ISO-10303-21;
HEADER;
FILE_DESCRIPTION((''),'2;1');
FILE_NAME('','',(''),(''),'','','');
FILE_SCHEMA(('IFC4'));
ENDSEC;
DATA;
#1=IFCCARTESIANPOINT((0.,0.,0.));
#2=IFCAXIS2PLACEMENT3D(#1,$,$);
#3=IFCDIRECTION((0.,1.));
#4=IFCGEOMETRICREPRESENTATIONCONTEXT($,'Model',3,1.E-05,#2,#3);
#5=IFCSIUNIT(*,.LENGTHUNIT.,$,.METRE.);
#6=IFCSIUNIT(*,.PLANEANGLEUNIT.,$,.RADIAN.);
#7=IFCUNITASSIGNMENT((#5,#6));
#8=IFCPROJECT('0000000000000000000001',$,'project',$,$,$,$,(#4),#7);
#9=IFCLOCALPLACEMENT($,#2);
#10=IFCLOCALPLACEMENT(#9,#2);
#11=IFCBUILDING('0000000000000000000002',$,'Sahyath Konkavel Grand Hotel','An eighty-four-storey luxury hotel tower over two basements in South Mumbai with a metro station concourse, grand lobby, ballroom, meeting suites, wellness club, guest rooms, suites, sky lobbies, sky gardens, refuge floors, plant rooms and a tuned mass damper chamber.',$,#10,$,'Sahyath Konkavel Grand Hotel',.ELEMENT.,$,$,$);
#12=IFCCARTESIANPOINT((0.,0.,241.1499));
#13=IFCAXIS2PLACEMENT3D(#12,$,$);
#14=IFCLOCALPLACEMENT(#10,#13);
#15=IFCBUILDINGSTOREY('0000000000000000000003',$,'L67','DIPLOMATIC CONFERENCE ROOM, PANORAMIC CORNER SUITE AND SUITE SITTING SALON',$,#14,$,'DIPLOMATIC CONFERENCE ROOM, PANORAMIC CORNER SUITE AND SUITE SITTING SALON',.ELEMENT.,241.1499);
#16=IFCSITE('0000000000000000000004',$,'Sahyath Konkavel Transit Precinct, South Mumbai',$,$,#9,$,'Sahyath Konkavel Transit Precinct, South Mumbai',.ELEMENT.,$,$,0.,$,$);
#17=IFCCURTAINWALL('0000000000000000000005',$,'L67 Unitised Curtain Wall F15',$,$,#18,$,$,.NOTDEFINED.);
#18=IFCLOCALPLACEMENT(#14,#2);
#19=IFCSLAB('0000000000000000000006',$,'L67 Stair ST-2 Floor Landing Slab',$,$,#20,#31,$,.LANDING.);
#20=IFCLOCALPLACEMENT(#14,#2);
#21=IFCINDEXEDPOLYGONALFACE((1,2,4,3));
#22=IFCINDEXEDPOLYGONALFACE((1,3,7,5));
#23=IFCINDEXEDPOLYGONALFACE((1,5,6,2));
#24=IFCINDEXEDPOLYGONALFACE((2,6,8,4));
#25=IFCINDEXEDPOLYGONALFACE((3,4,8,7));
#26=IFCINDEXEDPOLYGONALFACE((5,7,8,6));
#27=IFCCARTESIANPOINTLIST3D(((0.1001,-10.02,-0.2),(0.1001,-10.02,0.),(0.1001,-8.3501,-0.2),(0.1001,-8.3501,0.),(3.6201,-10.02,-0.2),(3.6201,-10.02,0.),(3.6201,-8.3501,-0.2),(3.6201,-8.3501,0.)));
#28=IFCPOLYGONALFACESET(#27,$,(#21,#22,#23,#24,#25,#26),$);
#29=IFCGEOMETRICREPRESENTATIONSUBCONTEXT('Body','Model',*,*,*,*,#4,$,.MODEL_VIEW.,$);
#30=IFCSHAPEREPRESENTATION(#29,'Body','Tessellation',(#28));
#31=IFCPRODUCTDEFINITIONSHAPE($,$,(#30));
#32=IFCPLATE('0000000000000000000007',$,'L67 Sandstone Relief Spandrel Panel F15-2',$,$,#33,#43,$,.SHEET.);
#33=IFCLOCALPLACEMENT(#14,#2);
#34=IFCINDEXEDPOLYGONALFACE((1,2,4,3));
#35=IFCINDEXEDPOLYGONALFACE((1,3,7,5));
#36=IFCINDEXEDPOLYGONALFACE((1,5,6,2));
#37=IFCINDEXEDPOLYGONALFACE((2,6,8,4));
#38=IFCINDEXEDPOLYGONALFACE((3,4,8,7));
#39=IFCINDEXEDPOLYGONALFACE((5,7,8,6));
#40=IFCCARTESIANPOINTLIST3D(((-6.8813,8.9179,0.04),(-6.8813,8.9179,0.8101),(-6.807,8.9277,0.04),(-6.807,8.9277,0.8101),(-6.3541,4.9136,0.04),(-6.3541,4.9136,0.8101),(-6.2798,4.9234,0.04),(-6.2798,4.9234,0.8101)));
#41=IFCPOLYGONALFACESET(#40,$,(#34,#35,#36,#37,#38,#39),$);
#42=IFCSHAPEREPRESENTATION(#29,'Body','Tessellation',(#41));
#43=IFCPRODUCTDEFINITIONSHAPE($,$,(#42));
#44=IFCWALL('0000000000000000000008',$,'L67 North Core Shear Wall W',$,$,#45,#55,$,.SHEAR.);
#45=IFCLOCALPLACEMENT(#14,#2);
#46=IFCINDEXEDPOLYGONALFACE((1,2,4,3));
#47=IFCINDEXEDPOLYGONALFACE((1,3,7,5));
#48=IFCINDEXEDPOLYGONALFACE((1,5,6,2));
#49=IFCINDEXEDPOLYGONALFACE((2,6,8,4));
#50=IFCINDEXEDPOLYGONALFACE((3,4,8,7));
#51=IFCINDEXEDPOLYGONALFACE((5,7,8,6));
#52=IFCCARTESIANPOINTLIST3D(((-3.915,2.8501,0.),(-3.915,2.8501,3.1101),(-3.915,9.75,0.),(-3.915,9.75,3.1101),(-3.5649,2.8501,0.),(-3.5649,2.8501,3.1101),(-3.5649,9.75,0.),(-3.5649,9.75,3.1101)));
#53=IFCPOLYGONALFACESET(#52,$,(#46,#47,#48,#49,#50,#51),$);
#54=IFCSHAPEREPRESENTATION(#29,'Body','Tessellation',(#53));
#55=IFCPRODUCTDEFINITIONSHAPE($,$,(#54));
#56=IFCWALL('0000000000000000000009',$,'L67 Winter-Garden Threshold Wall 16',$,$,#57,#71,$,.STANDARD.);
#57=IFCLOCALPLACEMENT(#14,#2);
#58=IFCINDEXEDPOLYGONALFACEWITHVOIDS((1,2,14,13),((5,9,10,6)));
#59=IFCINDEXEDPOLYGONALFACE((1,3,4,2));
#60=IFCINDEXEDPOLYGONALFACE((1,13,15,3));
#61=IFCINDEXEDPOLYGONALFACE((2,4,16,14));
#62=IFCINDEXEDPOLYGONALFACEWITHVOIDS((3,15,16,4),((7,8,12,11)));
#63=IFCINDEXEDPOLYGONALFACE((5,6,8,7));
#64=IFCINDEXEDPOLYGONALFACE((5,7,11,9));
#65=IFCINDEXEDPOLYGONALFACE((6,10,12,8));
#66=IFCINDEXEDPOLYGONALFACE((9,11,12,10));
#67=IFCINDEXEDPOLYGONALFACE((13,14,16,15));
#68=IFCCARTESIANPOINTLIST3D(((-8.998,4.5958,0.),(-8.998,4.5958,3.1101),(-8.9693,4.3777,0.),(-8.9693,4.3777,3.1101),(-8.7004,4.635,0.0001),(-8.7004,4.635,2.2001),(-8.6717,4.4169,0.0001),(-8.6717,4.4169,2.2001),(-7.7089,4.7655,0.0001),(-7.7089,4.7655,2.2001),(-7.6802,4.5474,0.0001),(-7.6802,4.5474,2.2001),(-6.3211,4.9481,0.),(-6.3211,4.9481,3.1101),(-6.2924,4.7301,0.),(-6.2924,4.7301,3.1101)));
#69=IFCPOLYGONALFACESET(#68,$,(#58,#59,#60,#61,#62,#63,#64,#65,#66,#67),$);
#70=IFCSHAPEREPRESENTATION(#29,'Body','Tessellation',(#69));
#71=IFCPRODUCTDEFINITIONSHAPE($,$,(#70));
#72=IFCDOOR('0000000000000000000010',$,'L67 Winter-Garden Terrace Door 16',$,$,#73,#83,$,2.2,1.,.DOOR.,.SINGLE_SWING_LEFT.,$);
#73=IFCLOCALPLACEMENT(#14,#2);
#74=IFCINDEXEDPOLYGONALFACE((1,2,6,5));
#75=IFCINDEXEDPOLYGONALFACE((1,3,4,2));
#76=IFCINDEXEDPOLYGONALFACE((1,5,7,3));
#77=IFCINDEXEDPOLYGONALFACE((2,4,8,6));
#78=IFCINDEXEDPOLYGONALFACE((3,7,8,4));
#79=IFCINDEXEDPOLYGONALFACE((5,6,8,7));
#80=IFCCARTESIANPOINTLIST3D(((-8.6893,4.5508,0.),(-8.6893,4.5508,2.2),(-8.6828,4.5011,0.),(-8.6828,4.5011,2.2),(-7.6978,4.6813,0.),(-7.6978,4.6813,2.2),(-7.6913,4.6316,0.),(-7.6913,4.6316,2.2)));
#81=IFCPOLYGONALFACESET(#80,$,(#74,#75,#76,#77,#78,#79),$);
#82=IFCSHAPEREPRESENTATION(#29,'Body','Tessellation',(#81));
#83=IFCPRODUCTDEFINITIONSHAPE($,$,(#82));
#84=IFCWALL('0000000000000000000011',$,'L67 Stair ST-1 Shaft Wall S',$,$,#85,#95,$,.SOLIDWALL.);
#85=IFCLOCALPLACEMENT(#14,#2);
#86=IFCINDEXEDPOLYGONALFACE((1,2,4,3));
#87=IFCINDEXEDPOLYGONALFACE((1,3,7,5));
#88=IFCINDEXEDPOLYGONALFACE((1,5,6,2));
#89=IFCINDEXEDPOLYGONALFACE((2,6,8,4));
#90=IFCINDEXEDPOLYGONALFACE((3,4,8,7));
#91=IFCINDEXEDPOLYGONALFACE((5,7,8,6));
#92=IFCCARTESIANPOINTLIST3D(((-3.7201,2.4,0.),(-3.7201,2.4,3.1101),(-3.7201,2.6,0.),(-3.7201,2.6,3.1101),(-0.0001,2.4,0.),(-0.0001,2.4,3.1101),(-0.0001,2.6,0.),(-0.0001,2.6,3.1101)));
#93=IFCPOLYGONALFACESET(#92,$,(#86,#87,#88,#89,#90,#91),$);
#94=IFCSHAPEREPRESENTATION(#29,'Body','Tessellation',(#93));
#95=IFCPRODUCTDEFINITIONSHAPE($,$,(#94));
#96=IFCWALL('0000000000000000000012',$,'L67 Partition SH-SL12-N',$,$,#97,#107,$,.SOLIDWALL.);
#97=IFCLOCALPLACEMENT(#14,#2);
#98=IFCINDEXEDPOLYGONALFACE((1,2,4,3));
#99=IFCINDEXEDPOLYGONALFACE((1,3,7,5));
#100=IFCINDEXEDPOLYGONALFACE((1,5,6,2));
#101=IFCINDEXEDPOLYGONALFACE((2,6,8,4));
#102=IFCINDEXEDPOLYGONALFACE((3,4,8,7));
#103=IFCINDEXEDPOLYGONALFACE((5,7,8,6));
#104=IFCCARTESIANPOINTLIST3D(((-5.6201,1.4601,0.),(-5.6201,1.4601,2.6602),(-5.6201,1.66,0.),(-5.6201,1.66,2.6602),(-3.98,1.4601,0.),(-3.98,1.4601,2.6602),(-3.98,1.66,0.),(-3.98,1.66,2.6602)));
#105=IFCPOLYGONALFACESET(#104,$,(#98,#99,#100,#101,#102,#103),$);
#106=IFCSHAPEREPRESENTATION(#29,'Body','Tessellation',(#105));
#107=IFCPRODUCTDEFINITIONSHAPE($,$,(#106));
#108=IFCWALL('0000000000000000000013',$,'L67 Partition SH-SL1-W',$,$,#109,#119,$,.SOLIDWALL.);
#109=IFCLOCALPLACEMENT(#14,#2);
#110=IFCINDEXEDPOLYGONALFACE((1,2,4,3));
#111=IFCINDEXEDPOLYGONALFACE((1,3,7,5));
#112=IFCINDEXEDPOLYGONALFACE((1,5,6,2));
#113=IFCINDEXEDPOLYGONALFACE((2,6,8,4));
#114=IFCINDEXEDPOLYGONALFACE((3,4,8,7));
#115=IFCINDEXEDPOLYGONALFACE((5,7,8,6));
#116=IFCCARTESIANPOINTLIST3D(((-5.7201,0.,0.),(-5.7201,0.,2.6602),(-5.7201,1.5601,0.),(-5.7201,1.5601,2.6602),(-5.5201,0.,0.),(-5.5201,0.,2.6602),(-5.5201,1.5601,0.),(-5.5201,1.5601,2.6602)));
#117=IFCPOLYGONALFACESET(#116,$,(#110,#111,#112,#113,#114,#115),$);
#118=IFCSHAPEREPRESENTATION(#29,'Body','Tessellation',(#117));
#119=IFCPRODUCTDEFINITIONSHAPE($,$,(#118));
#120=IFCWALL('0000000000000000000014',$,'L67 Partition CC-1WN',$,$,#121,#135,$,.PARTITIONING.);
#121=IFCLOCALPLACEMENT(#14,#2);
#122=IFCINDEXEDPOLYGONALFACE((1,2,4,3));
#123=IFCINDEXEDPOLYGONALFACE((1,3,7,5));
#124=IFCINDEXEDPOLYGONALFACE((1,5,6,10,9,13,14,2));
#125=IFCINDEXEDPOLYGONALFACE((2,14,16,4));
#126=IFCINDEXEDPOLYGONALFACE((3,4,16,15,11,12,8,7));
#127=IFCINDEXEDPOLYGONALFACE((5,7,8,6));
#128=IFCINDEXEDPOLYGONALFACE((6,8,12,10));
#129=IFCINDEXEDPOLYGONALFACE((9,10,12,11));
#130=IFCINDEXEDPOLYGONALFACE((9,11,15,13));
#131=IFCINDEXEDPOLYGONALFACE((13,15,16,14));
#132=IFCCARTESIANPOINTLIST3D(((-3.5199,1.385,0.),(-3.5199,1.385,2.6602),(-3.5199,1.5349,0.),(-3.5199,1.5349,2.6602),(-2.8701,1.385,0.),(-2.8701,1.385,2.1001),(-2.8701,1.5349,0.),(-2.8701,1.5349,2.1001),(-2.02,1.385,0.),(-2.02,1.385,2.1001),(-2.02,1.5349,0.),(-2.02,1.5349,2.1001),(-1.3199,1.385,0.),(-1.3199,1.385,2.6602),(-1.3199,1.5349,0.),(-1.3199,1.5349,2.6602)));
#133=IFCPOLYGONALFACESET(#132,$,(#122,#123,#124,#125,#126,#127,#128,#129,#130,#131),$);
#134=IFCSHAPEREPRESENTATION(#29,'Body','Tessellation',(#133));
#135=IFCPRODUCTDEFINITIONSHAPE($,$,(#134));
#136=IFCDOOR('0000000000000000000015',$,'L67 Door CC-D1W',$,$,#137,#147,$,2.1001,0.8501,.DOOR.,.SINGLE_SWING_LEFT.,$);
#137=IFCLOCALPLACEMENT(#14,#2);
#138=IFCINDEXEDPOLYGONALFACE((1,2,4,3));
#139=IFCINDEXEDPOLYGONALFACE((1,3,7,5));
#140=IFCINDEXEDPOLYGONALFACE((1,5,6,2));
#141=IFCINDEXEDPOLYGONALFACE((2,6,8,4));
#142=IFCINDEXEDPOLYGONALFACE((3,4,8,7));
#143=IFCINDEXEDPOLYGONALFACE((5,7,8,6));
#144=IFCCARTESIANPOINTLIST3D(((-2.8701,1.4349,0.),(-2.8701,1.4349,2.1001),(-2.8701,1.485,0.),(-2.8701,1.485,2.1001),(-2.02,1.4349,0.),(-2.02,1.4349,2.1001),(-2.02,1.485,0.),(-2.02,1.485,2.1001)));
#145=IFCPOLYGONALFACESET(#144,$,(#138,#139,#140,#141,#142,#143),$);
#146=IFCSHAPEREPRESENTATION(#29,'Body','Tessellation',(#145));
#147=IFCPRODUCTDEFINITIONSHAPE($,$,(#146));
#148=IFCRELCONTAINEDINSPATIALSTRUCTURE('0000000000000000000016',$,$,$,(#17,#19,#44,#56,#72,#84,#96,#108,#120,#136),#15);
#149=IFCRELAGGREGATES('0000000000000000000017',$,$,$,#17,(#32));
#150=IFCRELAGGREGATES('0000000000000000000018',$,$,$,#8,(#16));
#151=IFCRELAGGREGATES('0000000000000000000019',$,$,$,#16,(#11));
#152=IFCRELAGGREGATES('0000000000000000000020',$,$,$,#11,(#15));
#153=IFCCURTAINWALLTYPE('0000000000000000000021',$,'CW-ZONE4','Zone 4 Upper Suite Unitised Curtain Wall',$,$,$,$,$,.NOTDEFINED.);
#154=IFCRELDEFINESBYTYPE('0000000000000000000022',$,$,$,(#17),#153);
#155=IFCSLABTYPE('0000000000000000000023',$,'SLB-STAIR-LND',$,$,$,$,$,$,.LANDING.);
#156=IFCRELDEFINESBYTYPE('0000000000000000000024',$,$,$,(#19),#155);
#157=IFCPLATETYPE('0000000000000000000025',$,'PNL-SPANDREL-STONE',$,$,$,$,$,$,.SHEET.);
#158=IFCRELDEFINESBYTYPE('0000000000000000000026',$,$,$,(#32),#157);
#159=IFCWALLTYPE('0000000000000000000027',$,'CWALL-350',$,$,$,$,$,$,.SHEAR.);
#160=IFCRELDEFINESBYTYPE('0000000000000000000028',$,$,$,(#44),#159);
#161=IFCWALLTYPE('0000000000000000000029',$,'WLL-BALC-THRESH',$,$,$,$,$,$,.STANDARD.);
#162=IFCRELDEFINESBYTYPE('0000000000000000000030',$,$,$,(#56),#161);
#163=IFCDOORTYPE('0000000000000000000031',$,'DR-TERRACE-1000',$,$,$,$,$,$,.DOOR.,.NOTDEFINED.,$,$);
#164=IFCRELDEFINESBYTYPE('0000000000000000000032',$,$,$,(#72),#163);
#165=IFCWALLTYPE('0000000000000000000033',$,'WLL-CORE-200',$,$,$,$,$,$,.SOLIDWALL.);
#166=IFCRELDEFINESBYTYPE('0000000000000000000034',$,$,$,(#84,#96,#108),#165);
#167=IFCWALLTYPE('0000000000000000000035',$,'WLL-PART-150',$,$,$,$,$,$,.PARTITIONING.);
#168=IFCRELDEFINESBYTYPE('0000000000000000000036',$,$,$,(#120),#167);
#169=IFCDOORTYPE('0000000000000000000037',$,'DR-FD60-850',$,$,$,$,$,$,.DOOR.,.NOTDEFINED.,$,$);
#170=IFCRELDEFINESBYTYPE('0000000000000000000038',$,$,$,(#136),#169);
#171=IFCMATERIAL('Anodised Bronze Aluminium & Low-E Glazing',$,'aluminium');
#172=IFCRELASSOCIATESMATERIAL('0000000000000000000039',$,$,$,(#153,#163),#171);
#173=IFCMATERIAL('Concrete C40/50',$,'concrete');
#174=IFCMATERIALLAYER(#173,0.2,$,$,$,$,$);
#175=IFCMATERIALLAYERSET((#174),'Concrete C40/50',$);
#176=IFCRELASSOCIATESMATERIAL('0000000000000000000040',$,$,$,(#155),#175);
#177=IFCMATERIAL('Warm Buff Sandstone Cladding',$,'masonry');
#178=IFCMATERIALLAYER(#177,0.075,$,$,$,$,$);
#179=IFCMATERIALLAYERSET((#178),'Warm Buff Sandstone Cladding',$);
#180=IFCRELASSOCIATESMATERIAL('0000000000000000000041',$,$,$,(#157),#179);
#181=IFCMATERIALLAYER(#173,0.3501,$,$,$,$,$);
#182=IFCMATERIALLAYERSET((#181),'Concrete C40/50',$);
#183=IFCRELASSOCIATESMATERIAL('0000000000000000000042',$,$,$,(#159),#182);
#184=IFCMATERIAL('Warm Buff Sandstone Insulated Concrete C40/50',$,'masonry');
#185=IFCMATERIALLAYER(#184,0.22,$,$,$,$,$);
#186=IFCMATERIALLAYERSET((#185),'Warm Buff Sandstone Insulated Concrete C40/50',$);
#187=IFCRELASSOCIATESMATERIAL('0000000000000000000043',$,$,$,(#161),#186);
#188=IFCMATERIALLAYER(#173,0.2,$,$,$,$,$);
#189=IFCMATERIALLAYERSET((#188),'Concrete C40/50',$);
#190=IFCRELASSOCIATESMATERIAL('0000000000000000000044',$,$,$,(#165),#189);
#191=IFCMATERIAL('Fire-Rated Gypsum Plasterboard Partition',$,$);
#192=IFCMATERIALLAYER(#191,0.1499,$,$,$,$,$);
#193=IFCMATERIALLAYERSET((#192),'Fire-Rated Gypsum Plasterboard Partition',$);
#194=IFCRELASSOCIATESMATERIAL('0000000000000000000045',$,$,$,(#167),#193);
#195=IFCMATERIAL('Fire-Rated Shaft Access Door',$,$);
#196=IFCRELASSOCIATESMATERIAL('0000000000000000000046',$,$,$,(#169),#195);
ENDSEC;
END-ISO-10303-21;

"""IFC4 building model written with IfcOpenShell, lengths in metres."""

from ifc_helpers import new_model, si_unit, direction, frame, frame_2d, origin, origin_2d, place, context, subcontext, project, spatial, polyline, rectangle, outline, extrude, source, transform, mapped, material, layer, layer_set, type_object, element, fill, aggregate, save


model = new_model("IFC4")

# Units and contexts
model_context = context("Model", 3, precision=1e-05, world=origin(), true_north=direction((0.0, 1.0)))
body_context = subcontext(model_context, "Body", "Model", "MODEL_VIEW")
ifc_project = project(units=[si_unit("LENGTHUNIT", "METRE"), si_unit("PLANEANGLEUNIT", "RADIAN")], contexts=[model_context])

# Site, building, storey
site_placement = place(None, origin())
site = spatial("IfcSite", under=ifc_project, at=site_placement, Name="Sahyath Konkavel Transit Precinct, South Mumbai", LongName="Sahyath Konkavel Transit Precinct, South Mumbai", CompositionType="ELEMENT", RefElevation=0.0)
building_placement = place(site_placement, origin())
building = spatial("IfcBuilding", under=site, at=building_placement, Name="Sahyath Konkavel Grand Hotel", Description="An eighty-four-storey luxury hotel tower over two basements in South Mumbai with a metro station concourse, grand lobby, ballroom, meeting suites, wellness club, guest rooms, suites, sky lobbies, sky gardens, refuge floors, plant rooms and a tuned mass damper chamber.", LongName="Sahyath Konkavel Grand Hotel", CompositionType="ELEMENT")
storey_placement = place(building_placement, frame((0.0, 0.0, 241.1499)))
storey = spatial("IfcBuildingStorey", under=building, at=storey_placement, Name="L67", Description="DIPLOMATIC CONFERENCE ROOM, PANORAMIC CORNER SUITE AND SUITE SITTING SALON", LongName="DIPLOMATIC CONFERENCE ROOM, PANORAMIC CORNER SUITE AND SUITE SITTING SALON", CompositionType="ELEMENT", Elevation=241.1499)

# Shared definitions
ifc_material_1 = material(Name="Concrete C40/50", Category="concrete")

# Curtain wall
ifc_material_2 = material(Name="Anodised Bronze Aluminium & Low-E Glazing", Category="aluminium")
curtain_wall_type = type_object("IfcCurtainWallType", Name="CW-ZONE4", Description="Zone 4 Upper Suite Unitised Curtain Wall", PredefinedType="NOTDEFINED", material=ifc_material_2)
curtain_wall_placement = place(storey_placement, origin())
curtain_wall = element("IfcCurtainWall", 1, at=curtain_wall_placement, inside=storey, type_object=curtain_wall_type, Name="L67 Unitised Curtain Wall F15", PredefinedType="NOTDEFINED")

# Shared definitions
ifc_layer_1 = layer(ifc_material_1, 0.2)
ifc_layer_set_1 = layer_set([ifc_layer_1], Name="Concrete C40/50")
slab_type_1 = type_object("IfcSlabType", Name="SLB-STAIR-LND", PredefinedType="LANDING", material=ifc_layer_set_1)

# Slab
slab_1_placement = place(storey_placement, frame((0.0, 0.0, -0.2)))
element("IfcSlab", 2, at=slab_1_placement, inside=storey, type_object=slab_type_1, Name="L67 Stair ST-2 Floor Landing Slab", PredefinedType="LANDING", context=body_context, shape_type="SweptSolid", body=[
    extrude(outline(polyline([(0.1001, -10.02), (3.6201, -10.02), (3.6201, -8.3501), (0.1001, -8.3501), (0.1001, -10.02)])), origin(), (0.0, 0.0, 1.0), 0.2),
])

# Plate
ifc_material_3 = material(Name="Warm Buff Sandstone Cladding", Category="masonry")
ifc_layer_2 = layer(ifc_material_3, 0.075)
ifc_layer_set_2 = layer_set([ifc_layer_2], Name="Warm Buff Sandstone Cladding")
plate_type = type_object("IfcPlateType", Name="PNL-SPANDREL-STONE", PredefinedType="SHEET", material=ifc_layer_set_2)
shared_shape_1 = source(origin(), body_context, "Body", "SweptSolid", [
    extrude(rectangle(XDim=4.0388, YDim=0.075, at=origin_2d()), origin(), (0.0, 0.0, 1.0), 0.77),
])
plate_placement = place(storey_placement, frame((-6.5806, 6.9207, 0.04), z_axis=(0.0, 0.0, 1.0), x_axis=(0.130526, -0.991445, 0.0)))
plate = element("IfcPlate", 3, at=plate_placement, type_object=plate_type, Name="L67 Sandstone Relief Spandrel Panel F15-2", PredefinedType="SHEET", context=body_context, shape_type="MappedRepresentation", body=[
    mapped(shared_shape_1, transform((0.0, 0.0, 0.0), scale=1.0)),
])
aggregate(curtain_wall, [plate])

# Wall
ifc_layer_3 = layer(ifc_material_1, 0.3501)
ifc_layer_set_3 = layer_set([ifc_layer_3], Name="Concrete C40/50")
wall_type_1 = type_object("IfcWallType", Name="CWALL-350", PredefinedType="SHEAR", material=ifc_layer_set_3)
wall_1_placement = place(storey_placement, frame((-3.74, 2.8501, 0.0), z_axis=(0.0, 0.0, 1.0), x_axis=(0.0, 1.0, 0.0)))
element("IfcWall", 4, at=wall_1_placement, inside=storey, type_object=wall_type_1, Name="L67 North Core Shear Wall W", PredefinedType="SHEAR", context=body_context, shape_type="SweptSolid", body=[
    extrude(rectangle(XDim=6.8999, YDim=0.3501, at=frame_2d((3.45, 0.0))), origin(), (0.0, 0.0, 1.0), 3.1101),
])

# Wall, opening, door
ifc_material_4 = material(Name="Warm Buff Sandstone Insulated Concrete C40/50", Category="masonry")
ifc_layer_4 = layer(ifc_material_4, 0.22)
ifc_layer_set_4 = layer_set([ifc_layer_4], Name="Warm Buff Sandstone Insulated Concrete C40/50")
wall_type_2 = type_object("IfcWallType", Name="WLL-BALC-THRESH", PredefinedType="STANDARD", material=ifc_layer_set_4)
wall_2_placement = place(storey_placement, frame((-6.3066, 4.8391, 0.0), z_axis=(0.0, 0.0, 1.0), x_axis=(-0.99145, -0.130487, 0.0)))
wall_2 = element("IfcWall", 5, at=wall_2_placement, inside=storey, type_object=wall_type_2, Name="L67 Winter-Garden Threshold Wall 16", PredefinedType="STANDARD", context=body_context, shape_type="SweptSolid", body=[
    extrude(rectangle(XDim=2.7, YDim=0.22, at=frame_2d((1.3501, 0.0))), origin(), (0.0, 0.0, 1.0), 3.1101),
])
opening_1_placement = place(wall_2_placement, frame((1.3999, 0.0, 0.0)))
opening_1 = element("IfcOpeningElement", 6, at=opening_1_placement, cuts=wall_2, PredefinedType="OPENING", context=body_context, shape_type="SweptSolid", body=[
    extrude(rectangle(XDim=1.0, YDim=2.2, at=frame_2d((0.5, 1.1001))), frame((0.0, 0.1201, 0.0), z_axis=(0.0, -1.0, 0.0), x_axis=(1.0, 0.0, 0.0)), (0.0, 0.0, 1.0), 0.24),
])
door_type_1 = type_object("IfcDoorType", Name="DR-TERRACE-1000", OperationType="NOTDEFINED", PredefinedType="DOOR", material=ifc_material_2)
shared_shape_2 = source(origin(), body_context, "Body", "SweptSolid", [
    extrude(rectangle(XDim=1.0, YDim=0.05, at=origin_2d()), origin(), (0.0, 0.0, 1.0), 2.2),
])
door_1_placement = place(opening_1_placement, frame((0.5, 0.0, 0.0)))
door_1 = element("IfcDoor", 7, at=door_1_placement, inside=storey, type_object=door_type_1, Name="L67 Winter-Garden Terrace Door 16", OperationType="SINGLE_SWING_LEFT", OverallHeight=2.2, OverallWidth=1.0, PredefinedType="DOOR", context=body_context, shape_type="MappedRepresentation", body=[
    mapped(shared_shape_2, transform((0.0, 0.0, 0.0), scale=1.0)),
])
fill(opening_1, door_1)

# Walls
ifc_layer_5 = layer(ifc_material_1, 0.2)
ifc_layer_set_5 = layer_set([ifc_layer_5], Name="Concrete C40/50")
wall_type_3 = type_object("IfcWallType", Name="WLL-CORE-200", PredefinedType="SOLIDWALL", material=ifc_layer_set_5)
wall_3_placement = place(storey_placement, frame((-3.72, 2.5, 0.0), z_axis=(0.0, 0.0, 1.0), x_axis=(1.0, 0.0, 0.0)))
element("IfcWall", 8, at=wall_3_placement, inside=storey, type_object=wall_type_3, Name="L67 Stair ST-1 Shaft Wall S", PredefinedType="SOLIDWALL", context=body_context, shape_type="SweptSolid", body=[
    extrude(rectangle(XDim=3.72, YDim=0.2, at=frame_2d((1.8599, 0.0))), origin(), (0.0, 0.0, 1.0), 3.1101),
])
wall_4_placement = place(storey_placement, frame((-5.6201, 1.5601, 0.0), z_axis=(0.0, 0.0, 1.0), x_axis=(1.0, 0.0, 0.0)))
element("IfcWall", 9, at=wall_4_placement, inside=storey, type_object=wall_type_3, Name="L67 Partition SH-SL12-N", PredefinedType="SOLIDWALL", context=body_context, shape_type="SweptSolid", body=[
    extrude(rectangle(XDim=1.6401, YDim=0.2, at=frame_2d((0.8201, 0.0))), origin(), (0.0, 0.0, 1.0), 2.6602),
])
wall_5_placement = place(storey_placement, frame((-5.6201, 0.0, 0.0), z_axis=(0.0, 0.0, 1.0), x_axis=(0.0, 1.0, 0.0)))
element("IfcWall", 10, at=wall_5_placement, inside=storey, type_object=wall_type_3, Name="L67 Partition SH-SL1-W", PredefinedType="SOLIDWALL", context=body_context, shape_type="SweptSolid", body=[
    extrude(rectangle(XDim=1.5601, YDim=0.2, at=frame_2d((0.78, 0.0))), origin(), (0.0, 0.0, 1.0), 2.6602),
])

# Wall, opening, door
ifc_material_5 = material(Name="Fire-Rated Gypsum Plasterboard Partition")
ifc_layer_6 = layer(ifc_material_5, 0.1499)
ifc_layer_set_6 = layer_set([ifc_layer_6], Name="Fire-Rated Gypsum Plasterboard Partition")
wall_type_4 = type_object("IfcWallType", Name="WLL-PART-150", PredefinedType="PARTITIONING", material=ifc_layer_set_6)
wall_6_placement = place(storey_placement, frame((-3.52, 1.46, 0.0), z_axis=(0.0, 0.0, 1.0), x_axis=(1.0, 0.0, 0.0)))
wall_6 = element("IfcWall", 11, at=wall_6_placement, inside=storey, type_object=wall_type_4, Name="L67 Partition CC-1WN", PredefinedType="PARTITIONING", context=body_context, shape_type="SweptSolid", body=[
    extrude(rectangle(XDim=2.2, YDim=0.1499, at=frame_2d((1.1001, 0.0))), origin(), (0.0, 0.0, 1.0), 2.6602),
])
opening_2_placement = place(wall_6_placement, frame((0.6499, 0.0, 0.0)))
opening_2 = element("IfcOpeningElement", 12, at=opening_2_placement, cuts=wall_6, PredefinedType="OPENING", context=body_context, shape_type="SweptSolid", body=[
    extrude(rectangle(XDim=0.8501, YDim=2.1001, at=frame_2d((0.425, 1.05))), frame((0.0, 0.085, 0.0), z_axis=(0.0, -1.0, 0.0), x_axis=(1.0, 0.0, 0.0)), (0.0, 0.0, 1.0), 0.1699),
])
ifc_material_6 = material(Name="Fire-Rated Shaft Access Door")
door_type_2 = type_object("IfcDoorType", Name="DR-FD60-850", OperationType="NOTDEFINED", PredefinedType="DOOR", material=ifc_material_6)
shared_shape_3 = source(origin(), body_context, "Body", "SweptSolid", [
    extrude(rectangle(XDim=0.8501, YDim=0.05, at=origin_2d()), origin(), (0.0, 0.0, 1.0), 2.1001),
])
door_2_placement = place(opening_2_placement, frame((0.425, 0.0, 0.0)))
door_2 = element("IfcDoor", 13, at=door_2_placement, inside=storey, type_object=door_type_2, Name="L67 Door CC-D1W", OperationType="SINGLE_SWING_LEFT", OverallHeight=2.1001, OverallWidth=0.8501, PredefinedType="DOOR", context=body_context, shape_type="MappedRepresentation", body=[
    mapped(shared_shape_3, transform((0.0, 0.0, 0.0), scale=1.0)),
])
fill(opening_2, door_2)

save(model, "model.ifc")
